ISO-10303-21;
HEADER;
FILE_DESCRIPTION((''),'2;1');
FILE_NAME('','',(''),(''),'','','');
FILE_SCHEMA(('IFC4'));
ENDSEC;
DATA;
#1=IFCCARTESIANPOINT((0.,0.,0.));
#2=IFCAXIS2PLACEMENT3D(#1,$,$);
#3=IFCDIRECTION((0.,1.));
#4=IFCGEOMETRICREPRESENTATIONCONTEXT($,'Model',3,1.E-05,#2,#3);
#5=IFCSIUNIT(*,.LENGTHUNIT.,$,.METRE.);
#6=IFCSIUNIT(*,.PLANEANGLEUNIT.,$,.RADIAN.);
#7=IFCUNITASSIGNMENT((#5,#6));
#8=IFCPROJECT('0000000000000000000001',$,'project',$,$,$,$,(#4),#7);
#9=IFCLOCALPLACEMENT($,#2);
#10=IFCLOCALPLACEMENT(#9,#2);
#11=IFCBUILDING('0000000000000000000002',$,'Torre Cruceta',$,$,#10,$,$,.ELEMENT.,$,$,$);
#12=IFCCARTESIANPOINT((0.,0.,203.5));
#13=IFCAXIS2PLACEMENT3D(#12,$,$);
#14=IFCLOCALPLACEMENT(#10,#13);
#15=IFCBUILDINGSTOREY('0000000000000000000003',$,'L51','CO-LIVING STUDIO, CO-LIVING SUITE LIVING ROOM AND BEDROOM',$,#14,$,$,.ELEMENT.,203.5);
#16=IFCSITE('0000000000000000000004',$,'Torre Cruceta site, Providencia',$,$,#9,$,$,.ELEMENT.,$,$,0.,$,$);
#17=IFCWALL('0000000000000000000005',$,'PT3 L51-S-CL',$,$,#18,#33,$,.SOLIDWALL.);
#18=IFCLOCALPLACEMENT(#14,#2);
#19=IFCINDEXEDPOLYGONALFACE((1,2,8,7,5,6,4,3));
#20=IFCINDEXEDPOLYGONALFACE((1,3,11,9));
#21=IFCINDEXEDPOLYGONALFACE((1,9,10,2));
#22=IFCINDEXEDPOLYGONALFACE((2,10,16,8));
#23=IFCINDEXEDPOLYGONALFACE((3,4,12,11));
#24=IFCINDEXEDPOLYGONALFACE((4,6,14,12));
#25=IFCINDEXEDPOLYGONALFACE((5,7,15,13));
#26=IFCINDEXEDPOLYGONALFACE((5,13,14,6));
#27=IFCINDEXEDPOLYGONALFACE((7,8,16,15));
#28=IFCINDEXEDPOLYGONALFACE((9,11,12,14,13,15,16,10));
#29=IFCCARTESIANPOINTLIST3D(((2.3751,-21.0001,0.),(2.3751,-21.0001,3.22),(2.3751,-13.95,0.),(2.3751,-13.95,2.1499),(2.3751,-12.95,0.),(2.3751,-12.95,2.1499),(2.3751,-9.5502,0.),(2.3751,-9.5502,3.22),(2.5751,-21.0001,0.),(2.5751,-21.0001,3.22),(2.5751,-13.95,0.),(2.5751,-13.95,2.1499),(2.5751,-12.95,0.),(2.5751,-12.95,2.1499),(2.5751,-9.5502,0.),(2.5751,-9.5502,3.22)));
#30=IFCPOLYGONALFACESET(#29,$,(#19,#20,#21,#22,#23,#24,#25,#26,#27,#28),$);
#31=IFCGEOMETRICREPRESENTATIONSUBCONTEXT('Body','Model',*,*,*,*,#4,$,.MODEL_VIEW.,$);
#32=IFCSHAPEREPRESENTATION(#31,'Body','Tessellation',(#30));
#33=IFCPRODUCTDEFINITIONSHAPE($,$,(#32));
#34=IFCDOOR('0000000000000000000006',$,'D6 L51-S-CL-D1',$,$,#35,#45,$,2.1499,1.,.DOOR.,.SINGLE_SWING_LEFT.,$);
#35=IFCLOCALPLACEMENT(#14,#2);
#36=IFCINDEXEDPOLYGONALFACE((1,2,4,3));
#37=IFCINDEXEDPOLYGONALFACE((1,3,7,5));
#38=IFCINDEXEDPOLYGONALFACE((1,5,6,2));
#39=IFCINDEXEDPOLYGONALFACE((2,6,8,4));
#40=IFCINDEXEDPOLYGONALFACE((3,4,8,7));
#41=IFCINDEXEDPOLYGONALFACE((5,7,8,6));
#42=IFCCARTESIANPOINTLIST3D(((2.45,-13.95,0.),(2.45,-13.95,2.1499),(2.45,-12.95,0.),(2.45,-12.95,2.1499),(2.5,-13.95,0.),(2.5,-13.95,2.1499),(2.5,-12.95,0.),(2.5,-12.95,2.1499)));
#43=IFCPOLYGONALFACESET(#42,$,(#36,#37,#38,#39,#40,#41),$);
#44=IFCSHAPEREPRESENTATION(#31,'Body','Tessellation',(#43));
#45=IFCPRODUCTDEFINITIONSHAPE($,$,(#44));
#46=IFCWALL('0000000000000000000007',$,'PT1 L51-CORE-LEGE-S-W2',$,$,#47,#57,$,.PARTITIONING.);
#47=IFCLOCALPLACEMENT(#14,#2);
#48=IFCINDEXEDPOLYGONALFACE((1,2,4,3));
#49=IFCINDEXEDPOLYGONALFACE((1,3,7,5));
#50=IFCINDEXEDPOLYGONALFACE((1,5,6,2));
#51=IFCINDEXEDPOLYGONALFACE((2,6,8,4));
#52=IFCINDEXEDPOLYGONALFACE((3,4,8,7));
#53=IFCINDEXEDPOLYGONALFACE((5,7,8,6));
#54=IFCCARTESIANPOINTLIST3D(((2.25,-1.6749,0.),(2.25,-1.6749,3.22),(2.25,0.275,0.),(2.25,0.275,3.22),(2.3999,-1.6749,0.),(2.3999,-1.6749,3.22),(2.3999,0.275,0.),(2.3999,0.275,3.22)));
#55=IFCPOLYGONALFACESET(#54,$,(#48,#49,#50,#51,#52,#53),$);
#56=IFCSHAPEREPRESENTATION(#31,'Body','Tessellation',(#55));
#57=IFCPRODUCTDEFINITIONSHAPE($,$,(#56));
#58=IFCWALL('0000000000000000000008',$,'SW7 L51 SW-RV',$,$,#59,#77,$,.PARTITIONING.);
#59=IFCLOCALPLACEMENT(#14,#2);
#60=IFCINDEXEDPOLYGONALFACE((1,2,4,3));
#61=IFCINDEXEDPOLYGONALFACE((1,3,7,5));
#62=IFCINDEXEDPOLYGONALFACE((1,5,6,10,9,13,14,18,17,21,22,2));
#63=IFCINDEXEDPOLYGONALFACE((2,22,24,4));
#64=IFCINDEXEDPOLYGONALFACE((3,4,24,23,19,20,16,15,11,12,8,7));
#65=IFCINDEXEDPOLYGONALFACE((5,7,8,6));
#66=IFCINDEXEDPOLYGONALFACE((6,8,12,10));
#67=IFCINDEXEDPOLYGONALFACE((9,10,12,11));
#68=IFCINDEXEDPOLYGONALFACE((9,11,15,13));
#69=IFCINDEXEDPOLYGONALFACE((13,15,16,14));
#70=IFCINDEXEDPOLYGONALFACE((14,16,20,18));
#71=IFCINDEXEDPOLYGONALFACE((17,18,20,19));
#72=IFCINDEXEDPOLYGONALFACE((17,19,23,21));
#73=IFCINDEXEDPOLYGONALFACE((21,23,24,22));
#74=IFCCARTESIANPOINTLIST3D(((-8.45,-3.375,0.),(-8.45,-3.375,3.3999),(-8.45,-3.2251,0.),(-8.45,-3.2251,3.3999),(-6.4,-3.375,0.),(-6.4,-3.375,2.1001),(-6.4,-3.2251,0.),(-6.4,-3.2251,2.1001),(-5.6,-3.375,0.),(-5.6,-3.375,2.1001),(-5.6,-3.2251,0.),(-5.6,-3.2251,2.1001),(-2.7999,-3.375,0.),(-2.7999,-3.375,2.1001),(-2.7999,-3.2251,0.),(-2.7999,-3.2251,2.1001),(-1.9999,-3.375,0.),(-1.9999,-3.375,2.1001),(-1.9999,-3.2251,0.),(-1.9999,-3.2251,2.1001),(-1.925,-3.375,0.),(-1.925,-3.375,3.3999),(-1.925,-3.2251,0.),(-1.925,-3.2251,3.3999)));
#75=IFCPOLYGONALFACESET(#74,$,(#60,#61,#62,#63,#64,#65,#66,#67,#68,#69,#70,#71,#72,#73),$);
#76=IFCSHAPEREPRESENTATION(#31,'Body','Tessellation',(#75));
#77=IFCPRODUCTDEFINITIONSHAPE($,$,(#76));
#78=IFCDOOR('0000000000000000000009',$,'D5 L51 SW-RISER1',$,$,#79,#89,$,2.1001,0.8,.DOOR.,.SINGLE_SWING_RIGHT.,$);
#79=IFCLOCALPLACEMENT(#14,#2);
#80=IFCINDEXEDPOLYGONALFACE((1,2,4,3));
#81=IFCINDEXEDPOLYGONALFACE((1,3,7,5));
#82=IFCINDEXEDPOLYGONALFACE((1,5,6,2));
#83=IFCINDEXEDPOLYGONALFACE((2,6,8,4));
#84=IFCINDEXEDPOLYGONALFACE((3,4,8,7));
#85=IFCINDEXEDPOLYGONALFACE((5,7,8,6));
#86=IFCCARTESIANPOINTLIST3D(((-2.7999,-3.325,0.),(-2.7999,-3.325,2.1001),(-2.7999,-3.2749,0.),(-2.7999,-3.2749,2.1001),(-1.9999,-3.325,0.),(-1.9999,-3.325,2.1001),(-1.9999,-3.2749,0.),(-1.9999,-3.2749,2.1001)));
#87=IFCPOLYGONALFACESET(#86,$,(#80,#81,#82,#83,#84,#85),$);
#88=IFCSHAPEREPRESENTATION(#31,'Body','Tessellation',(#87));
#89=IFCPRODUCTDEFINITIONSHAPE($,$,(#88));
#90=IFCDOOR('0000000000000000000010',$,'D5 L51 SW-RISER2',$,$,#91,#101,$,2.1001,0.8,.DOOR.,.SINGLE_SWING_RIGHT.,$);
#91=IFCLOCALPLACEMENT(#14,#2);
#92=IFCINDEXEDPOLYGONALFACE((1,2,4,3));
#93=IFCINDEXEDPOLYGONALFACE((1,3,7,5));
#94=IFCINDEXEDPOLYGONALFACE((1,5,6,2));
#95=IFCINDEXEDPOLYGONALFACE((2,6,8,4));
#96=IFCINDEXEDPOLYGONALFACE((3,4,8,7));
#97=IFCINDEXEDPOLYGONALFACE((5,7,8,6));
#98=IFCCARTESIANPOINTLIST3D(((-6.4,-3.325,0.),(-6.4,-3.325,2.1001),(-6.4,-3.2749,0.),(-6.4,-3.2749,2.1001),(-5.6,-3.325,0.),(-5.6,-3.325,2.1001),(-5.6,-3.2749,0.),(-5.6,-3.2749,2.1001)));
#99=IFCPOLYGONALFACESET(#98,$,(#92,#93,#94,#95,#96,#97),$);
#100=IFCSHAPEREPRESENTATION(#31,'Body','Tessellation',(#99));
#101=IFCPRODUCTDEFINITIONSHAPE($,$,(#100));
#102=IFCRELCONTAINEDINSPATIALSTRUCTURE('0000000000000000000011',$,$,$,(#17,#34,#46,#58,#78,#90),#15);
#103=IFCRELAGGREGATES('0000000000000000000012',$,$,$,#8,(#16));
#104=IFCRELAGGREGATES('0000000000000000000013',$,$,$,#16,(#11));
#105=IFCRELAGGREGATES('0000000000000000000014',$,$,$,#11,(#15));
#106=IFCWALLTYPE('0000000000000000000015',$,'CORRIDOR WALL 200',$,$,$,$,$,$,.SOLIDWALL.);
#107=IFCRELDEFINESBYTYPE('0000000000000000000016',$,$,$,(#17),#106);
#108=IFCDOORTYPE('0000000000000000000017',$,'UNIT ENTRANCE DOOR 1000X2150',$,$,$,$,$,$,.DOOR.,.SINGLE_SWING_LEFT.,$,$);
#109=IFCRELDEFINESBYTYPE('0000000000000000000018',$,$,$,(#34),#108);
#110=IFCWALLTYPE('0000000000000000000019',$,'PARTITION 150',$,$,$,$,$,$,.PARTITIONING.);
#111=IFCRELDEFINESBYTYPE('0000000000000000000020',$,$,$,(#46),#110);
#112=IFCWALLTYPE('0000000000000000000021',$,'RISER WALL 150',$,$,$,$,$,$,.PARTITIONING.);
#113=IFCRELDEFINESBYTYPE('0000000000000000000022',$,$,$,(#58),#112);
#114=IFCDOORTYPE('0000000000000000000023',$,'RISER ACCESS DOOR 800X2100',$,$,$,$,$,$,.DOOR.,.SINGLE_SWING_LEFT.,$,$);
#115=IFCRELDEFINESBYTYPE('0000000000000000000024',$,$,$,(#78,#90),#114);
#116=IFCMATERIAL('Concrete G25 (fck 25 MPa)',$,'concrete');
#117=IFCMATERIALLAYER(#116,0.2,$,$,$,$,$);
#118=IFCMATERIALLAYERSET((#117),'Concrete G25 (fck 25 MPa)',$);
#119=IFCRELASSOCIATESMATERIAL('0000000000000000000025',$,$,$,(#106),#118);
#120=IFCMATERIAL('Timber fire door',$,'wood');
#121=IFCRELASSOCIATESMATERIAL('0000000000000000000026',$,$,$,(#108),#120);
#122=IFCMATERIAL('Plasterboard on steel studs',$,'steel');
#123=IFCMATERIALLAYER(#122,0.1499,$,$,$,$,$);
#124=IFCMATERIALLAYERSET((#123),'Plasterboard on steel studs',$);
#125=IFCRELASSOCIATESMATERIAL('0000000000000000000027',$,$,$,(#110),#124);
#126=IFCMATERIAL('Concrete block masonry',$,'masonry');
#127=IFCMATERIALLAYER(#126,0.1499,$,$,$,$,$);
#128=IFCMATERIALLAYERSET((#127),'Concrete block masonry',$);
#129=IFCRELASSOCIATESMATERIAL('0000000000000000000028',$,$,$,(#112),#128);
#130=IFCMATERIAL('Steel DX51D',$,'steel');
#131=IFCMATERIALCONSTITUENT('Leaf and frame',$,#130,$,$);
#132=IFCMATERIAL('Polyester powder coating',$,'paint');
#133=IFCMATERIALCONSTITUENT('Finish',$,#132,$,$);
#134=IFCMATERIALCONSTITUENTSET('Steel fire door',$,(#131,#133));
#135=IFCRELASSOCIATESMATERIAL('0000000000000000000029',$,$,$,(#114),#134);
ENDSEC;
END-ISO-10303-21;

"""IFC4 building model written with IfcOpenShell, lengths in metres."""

from ifc_helpers import new_model, si_unit, direction, frame, frame_2d, origin, place, context, subcontext, project, spatial, rectangle, extrude, material, layer, layer_set, constituent, constituent_set, type_object, element, fill, save


model = new_model("IFC4")

# Units and contexts
model_context = context("Model", 3, precision=1e-05, world=origin(), true_north=direction((0.0, 1.0)))
body_context = subcontext(model_context, "Body", "Model", "MODEL_VIEW")
ifc_project = project(units=[si_unit("LENGTHUNIT", "METRE"), si_unit("PLANEANGLEUNIT", "RADIAN")], contexts=[model_context])

# Site, building, storey
site_placement = place(None, origin())
site = spatial("IfcSite", under=ifc_project, at=site_placement, Name="Torre Cruceta site, Providencia", CompositionType="ELEMENT", RefElevation=0.0)
building_placement = place(site_placement, origin())
building = spatial("IfcBuilding", under=site, at=building_placement, Name="Torre Cruceta", CompositionType="ELEMENT")
storey_placement = place(building_placement, frame((0.0, 0.0, 203.5)))
storey = spatial("IfcBuildingStorey", under=building, at=storey_placement, Name="L51", Description="CO-LIVING STUDIO, CO-LIVING SUITE LIVING ROOM AND BEDROOM", CompositionType="ELEMENT", Elevation=203.5)

# Wall, opening, door
ifc_material_1 = material(Name="Concrete G25 (fck 25 MPa)", Category="concrete")
ifc_layer_1 = layer(ifc_material_1, 0.2)
ifc_layer_set_1 = layer_set([ifc_layer_1], Name="Concrete G25 (fck 25 MPa)")
wall_type_1 = type_object("IfcWallType", Name="CORRIDOR WALL 200", PredefinedType="SOLIDWALL", material=ifc_layer_set_1)
wall_1_placement = place(storey_placement, frame((2.4751, -9.55, 0.0), z_axis=(0.0, 0.0, 1.0), x_axis=(0.0, -1.0, 0.0)))
wall_1 = element("IfcWall", 1, at=wall_1_placement, inside=storey, type_object=wall_type_1, Name="PT3 L51-S-CL", PredefinedType="SOLIDWALL", context=body_context, shape_type="SweptSolid", body=[
    extrude(rectangle(XDim=11.45, YDim=0.2, at=frame_2d((5.7251, 0.0))), origin(), (0.0, 0.0, 1.0), 3.22),
])
opening_1_placement = place(wall_1_placement, frame((3.3999, 0.0, 0.0)))
opening_1 = element("IfcOpeningElement", 2, at=opening_1_placement, cuts=wall_1, PredefinedType="OPENING", context=body_context, shape_type="SweptSolid", body=[
    extrude(rectangle(XDim=1.0, YDim=2.1499, at=frame_2d((0.5, 1.075))), frame((0.0, 0.1099, 0.0), z_axis=(0.0, -1.0, 0.0), x_axis=(1.0, 0.0, 0.0)), (0.0, 0.0, 1.0), 0.22),
])
ifc_material_2 = material(Name="Timber fire door", Category="wood")
door_type_1 = type_object("IfcDoorType", Name="UNIT ENTRANCE DOOR 1000X2150", OperationType="SINGLE_SWING_LEFT", PredefinedType="DOOR", material=ifc_material_2)
door_1_placement = place(opening_1_placement, origin())
door_1 = element("IfcDoor", 3, at=door_1_placement, inside=storey, type_object=door_type_1, Name="D6 L51-S-CL-D1", OperationType="SINGLE_SWING_LEFT", OverallHeight=2.1499, OverallWidth=1.0, PredefinedType="DOOR", context=body_context, shape_type="SweptSolid", body=[
    extrude(rectangle(XDim=1.0, YDim=2.1499, at=frame_2d((0.5, 1.075))), frame((0.0, 0.0249, 0.0), z_axis=(0.0, -1.0, 0.0), x_axis=(1.0, 0.0, 0.0)), (0.0, 0.0, 1.0), 0.05),
])
fill(opening_1, door_1)

# Wall
ifc_material_3 = material(Name="Plasterboard on steel studs", Category="steel")
ifc_layer_2 = layer(ifc_material_3, 0.1499)
ifc_layer_set_2 = layer_set([ifc_layer_2], Name="Plasterboard on steel studs")
wall_type_2 = type_object("IfcWallType", Name="PARTITION 150", PredefinedType="PARTITIONING", material=ifc_layer_set_2)
wall_2_placement = place(storey_placement, frame((2.325, -1.675, 0.0), z_axis=(0.0, 0.0, 1.0), x_axis=(0.0, 1.0, 0.0)))
element("IfcWall", 4, at=wall_2_placement, inside=storey, type_object=wall_type_2, Name="PT1 L51-CORE-LEGE-S-W2", PredefinedType="PARTITIONING", context=body_context, shape_type="SweptSolid", body=[
    extrude(rectangle(XDim=1.95, YDim=0.1499, at=frame_2d((0.9751, 0.0))), origin(), (0.0, 0.0, 1.0), 3.22),
])

# Wall, openings, doors
ifc_material_4 = material(Name="Concrete block masonry", Category="masonry")
ifc_layer_3 = layer(ifc_material_4, 0.1499)
ifc_layer_set_3 = layer_set([ifc_layer_3], Name="Concrete block masonry")
wall_type_3 = type_object("IfcWallType", Name="RISER WALL 150", PredefinedType="PARTITIONING", material=ifc_layer_set_3)
wall_3_placement = place(storey_placement, frame((-1.925, -3.3, 0.0), z_axis=(0.0, 0.0, 1.0), x_axis=(-1.0, 0.0, 0.0)))
wall_3 = element("IfcWall", 5, at=wall_3_placement, inside=storey, type_object=wall_type_3, Name="SW7 L51 SW-RV", PredefinedType="PARTITIONING", context=body_context, shape_type="SweptSolid", body=[
    extrude(rectangle(XDim=6.5249, YDim=0.1499, at=frame_2d((3.2625, 0.0))), origin(), (0.0, 0.0, 1.0), 3.3999),
])
opening_2_placement = place(wall_3_placement, frame((0.075, 0.0, 0.0)))
opening_2 = element("IfcOpeningElement", 6, at=opening_2_placement, cuts=wall_3, PredefinedType="OPENING", context=body_context, shape_type="SweptSolid", body=[
    extrude(rectangle(XDim=0.8, YDim=2.1001, at=frame_2d((0.3999, 1.05))), frame((0.0, 0.085, 0.0), z_axis=(0.0, -1.0, 0.0), x_axis=(1.0, 0.0, 0.0)), (0.0, 0.0, 1.0), 0.1699),
])
opening_3_placement = place(wall_3_placement, frame((3.675, 0.0, 0.0)))
opening_3 = element("IfcOpeningElement", 7, at=opening_3_placement, cuts=wall_3, PredefinedType="OPENING", context=body_context, shape_type="SweptSolid", body=[
    extrude(rectangle(XDim=0.8, YDim=2.1001, at=frame_2d((0.3999, 1.05))), frame((0.0, 0.085, 0.0), z_axis=(0.0, -1.0, 0.0), x_axis=(1.0, 0.0, 0.0)), (0.0, 0.0, 1.0), 0.1699),
])
ifc_material_5 = material(Name="Steel DX51D", Category="steel")
ifc_constituent_1 = constituent(ifc_material_5, Name="Leaf and frame")
ifc_material_6 = material(Name="Polyester powder coating", Category="paint")
ifc_constituent_2 = constituent(ifc_material_6, Name="Finish")
ifc_constituent_set_1 = constituent_set(constituents=[ifc_constituent_1, ifc_constituent_2], Name="Steel fire door")
door_type_2 = type_object("IfcDoorType", Name="RISER ACCESS DOOR 800X2100", OperationType="SINGLE_SWING_LEFT", PredefinedType="DOOR", material=ifc_constituent_set_1)
door_2_placement = place(opening_2_placement, frame((0.8, 0.0, 0.0), z_axis=(0.0, 0.0, 1.0), x_axis=(-1.0, 0.0, 0.0)))
door_2 = element("IfcDoor", 8, at=door_2_placement, inside=storey, type_object=door_type_2, Name="D5 L51 SW-RISER1", OperationType="SINGLE_SWING_RIGHT", OverallHeight=2.1001, OverallWidth=0.8, PredefinedType="DOOR", context=body_context, shape_type="SweptSolid", body=[
    extrude(rectangle(XDim=0.8, YDim=2.1001, at=frame_2d((0.4001, 1.05))), frame((0.0, 0.0251, 0.0), z_axis=(0.0, -1.0, 0.0), x_axis=(1.0, 0.0, 0.0)), (0.0, 0.0, 1.0), 0.05),
])
fill(opening_2, door_2)
door_3_placement = place(opening_3_placement, frame((0.8, 0.0, 0.0), z_axis=(0.0, 0.0, 1.0), x_axis=(-1.0, 0.0, 0.0)))
door_3 = element("IfcDoor", 9, at=door_3_placement, inside=storey, type_object=door_type_2, Name="D5 L51 SW-RISER2", OperationType="SINGLE_SWING_RIGHT", OverallHeight=2.1001, OverallWidth=0.8, PredefinedType="DOOR", context=body_context, shape_type="SweptSolid", body=[
    extrude(rectangle(XDim=0.8, YDim=2.1001, at=frame_2d((0.4001, 1.05))), frame((0.0, 0.0251, 0.0), z_axis=(0.0, -1.0, 0.0), x_axis=(1.0, 0.0, 0.0)), (0.0, 0.0, 1.0), 0.05),
])
fill(opening_3, door_3)

save(model, "model.ifc")
